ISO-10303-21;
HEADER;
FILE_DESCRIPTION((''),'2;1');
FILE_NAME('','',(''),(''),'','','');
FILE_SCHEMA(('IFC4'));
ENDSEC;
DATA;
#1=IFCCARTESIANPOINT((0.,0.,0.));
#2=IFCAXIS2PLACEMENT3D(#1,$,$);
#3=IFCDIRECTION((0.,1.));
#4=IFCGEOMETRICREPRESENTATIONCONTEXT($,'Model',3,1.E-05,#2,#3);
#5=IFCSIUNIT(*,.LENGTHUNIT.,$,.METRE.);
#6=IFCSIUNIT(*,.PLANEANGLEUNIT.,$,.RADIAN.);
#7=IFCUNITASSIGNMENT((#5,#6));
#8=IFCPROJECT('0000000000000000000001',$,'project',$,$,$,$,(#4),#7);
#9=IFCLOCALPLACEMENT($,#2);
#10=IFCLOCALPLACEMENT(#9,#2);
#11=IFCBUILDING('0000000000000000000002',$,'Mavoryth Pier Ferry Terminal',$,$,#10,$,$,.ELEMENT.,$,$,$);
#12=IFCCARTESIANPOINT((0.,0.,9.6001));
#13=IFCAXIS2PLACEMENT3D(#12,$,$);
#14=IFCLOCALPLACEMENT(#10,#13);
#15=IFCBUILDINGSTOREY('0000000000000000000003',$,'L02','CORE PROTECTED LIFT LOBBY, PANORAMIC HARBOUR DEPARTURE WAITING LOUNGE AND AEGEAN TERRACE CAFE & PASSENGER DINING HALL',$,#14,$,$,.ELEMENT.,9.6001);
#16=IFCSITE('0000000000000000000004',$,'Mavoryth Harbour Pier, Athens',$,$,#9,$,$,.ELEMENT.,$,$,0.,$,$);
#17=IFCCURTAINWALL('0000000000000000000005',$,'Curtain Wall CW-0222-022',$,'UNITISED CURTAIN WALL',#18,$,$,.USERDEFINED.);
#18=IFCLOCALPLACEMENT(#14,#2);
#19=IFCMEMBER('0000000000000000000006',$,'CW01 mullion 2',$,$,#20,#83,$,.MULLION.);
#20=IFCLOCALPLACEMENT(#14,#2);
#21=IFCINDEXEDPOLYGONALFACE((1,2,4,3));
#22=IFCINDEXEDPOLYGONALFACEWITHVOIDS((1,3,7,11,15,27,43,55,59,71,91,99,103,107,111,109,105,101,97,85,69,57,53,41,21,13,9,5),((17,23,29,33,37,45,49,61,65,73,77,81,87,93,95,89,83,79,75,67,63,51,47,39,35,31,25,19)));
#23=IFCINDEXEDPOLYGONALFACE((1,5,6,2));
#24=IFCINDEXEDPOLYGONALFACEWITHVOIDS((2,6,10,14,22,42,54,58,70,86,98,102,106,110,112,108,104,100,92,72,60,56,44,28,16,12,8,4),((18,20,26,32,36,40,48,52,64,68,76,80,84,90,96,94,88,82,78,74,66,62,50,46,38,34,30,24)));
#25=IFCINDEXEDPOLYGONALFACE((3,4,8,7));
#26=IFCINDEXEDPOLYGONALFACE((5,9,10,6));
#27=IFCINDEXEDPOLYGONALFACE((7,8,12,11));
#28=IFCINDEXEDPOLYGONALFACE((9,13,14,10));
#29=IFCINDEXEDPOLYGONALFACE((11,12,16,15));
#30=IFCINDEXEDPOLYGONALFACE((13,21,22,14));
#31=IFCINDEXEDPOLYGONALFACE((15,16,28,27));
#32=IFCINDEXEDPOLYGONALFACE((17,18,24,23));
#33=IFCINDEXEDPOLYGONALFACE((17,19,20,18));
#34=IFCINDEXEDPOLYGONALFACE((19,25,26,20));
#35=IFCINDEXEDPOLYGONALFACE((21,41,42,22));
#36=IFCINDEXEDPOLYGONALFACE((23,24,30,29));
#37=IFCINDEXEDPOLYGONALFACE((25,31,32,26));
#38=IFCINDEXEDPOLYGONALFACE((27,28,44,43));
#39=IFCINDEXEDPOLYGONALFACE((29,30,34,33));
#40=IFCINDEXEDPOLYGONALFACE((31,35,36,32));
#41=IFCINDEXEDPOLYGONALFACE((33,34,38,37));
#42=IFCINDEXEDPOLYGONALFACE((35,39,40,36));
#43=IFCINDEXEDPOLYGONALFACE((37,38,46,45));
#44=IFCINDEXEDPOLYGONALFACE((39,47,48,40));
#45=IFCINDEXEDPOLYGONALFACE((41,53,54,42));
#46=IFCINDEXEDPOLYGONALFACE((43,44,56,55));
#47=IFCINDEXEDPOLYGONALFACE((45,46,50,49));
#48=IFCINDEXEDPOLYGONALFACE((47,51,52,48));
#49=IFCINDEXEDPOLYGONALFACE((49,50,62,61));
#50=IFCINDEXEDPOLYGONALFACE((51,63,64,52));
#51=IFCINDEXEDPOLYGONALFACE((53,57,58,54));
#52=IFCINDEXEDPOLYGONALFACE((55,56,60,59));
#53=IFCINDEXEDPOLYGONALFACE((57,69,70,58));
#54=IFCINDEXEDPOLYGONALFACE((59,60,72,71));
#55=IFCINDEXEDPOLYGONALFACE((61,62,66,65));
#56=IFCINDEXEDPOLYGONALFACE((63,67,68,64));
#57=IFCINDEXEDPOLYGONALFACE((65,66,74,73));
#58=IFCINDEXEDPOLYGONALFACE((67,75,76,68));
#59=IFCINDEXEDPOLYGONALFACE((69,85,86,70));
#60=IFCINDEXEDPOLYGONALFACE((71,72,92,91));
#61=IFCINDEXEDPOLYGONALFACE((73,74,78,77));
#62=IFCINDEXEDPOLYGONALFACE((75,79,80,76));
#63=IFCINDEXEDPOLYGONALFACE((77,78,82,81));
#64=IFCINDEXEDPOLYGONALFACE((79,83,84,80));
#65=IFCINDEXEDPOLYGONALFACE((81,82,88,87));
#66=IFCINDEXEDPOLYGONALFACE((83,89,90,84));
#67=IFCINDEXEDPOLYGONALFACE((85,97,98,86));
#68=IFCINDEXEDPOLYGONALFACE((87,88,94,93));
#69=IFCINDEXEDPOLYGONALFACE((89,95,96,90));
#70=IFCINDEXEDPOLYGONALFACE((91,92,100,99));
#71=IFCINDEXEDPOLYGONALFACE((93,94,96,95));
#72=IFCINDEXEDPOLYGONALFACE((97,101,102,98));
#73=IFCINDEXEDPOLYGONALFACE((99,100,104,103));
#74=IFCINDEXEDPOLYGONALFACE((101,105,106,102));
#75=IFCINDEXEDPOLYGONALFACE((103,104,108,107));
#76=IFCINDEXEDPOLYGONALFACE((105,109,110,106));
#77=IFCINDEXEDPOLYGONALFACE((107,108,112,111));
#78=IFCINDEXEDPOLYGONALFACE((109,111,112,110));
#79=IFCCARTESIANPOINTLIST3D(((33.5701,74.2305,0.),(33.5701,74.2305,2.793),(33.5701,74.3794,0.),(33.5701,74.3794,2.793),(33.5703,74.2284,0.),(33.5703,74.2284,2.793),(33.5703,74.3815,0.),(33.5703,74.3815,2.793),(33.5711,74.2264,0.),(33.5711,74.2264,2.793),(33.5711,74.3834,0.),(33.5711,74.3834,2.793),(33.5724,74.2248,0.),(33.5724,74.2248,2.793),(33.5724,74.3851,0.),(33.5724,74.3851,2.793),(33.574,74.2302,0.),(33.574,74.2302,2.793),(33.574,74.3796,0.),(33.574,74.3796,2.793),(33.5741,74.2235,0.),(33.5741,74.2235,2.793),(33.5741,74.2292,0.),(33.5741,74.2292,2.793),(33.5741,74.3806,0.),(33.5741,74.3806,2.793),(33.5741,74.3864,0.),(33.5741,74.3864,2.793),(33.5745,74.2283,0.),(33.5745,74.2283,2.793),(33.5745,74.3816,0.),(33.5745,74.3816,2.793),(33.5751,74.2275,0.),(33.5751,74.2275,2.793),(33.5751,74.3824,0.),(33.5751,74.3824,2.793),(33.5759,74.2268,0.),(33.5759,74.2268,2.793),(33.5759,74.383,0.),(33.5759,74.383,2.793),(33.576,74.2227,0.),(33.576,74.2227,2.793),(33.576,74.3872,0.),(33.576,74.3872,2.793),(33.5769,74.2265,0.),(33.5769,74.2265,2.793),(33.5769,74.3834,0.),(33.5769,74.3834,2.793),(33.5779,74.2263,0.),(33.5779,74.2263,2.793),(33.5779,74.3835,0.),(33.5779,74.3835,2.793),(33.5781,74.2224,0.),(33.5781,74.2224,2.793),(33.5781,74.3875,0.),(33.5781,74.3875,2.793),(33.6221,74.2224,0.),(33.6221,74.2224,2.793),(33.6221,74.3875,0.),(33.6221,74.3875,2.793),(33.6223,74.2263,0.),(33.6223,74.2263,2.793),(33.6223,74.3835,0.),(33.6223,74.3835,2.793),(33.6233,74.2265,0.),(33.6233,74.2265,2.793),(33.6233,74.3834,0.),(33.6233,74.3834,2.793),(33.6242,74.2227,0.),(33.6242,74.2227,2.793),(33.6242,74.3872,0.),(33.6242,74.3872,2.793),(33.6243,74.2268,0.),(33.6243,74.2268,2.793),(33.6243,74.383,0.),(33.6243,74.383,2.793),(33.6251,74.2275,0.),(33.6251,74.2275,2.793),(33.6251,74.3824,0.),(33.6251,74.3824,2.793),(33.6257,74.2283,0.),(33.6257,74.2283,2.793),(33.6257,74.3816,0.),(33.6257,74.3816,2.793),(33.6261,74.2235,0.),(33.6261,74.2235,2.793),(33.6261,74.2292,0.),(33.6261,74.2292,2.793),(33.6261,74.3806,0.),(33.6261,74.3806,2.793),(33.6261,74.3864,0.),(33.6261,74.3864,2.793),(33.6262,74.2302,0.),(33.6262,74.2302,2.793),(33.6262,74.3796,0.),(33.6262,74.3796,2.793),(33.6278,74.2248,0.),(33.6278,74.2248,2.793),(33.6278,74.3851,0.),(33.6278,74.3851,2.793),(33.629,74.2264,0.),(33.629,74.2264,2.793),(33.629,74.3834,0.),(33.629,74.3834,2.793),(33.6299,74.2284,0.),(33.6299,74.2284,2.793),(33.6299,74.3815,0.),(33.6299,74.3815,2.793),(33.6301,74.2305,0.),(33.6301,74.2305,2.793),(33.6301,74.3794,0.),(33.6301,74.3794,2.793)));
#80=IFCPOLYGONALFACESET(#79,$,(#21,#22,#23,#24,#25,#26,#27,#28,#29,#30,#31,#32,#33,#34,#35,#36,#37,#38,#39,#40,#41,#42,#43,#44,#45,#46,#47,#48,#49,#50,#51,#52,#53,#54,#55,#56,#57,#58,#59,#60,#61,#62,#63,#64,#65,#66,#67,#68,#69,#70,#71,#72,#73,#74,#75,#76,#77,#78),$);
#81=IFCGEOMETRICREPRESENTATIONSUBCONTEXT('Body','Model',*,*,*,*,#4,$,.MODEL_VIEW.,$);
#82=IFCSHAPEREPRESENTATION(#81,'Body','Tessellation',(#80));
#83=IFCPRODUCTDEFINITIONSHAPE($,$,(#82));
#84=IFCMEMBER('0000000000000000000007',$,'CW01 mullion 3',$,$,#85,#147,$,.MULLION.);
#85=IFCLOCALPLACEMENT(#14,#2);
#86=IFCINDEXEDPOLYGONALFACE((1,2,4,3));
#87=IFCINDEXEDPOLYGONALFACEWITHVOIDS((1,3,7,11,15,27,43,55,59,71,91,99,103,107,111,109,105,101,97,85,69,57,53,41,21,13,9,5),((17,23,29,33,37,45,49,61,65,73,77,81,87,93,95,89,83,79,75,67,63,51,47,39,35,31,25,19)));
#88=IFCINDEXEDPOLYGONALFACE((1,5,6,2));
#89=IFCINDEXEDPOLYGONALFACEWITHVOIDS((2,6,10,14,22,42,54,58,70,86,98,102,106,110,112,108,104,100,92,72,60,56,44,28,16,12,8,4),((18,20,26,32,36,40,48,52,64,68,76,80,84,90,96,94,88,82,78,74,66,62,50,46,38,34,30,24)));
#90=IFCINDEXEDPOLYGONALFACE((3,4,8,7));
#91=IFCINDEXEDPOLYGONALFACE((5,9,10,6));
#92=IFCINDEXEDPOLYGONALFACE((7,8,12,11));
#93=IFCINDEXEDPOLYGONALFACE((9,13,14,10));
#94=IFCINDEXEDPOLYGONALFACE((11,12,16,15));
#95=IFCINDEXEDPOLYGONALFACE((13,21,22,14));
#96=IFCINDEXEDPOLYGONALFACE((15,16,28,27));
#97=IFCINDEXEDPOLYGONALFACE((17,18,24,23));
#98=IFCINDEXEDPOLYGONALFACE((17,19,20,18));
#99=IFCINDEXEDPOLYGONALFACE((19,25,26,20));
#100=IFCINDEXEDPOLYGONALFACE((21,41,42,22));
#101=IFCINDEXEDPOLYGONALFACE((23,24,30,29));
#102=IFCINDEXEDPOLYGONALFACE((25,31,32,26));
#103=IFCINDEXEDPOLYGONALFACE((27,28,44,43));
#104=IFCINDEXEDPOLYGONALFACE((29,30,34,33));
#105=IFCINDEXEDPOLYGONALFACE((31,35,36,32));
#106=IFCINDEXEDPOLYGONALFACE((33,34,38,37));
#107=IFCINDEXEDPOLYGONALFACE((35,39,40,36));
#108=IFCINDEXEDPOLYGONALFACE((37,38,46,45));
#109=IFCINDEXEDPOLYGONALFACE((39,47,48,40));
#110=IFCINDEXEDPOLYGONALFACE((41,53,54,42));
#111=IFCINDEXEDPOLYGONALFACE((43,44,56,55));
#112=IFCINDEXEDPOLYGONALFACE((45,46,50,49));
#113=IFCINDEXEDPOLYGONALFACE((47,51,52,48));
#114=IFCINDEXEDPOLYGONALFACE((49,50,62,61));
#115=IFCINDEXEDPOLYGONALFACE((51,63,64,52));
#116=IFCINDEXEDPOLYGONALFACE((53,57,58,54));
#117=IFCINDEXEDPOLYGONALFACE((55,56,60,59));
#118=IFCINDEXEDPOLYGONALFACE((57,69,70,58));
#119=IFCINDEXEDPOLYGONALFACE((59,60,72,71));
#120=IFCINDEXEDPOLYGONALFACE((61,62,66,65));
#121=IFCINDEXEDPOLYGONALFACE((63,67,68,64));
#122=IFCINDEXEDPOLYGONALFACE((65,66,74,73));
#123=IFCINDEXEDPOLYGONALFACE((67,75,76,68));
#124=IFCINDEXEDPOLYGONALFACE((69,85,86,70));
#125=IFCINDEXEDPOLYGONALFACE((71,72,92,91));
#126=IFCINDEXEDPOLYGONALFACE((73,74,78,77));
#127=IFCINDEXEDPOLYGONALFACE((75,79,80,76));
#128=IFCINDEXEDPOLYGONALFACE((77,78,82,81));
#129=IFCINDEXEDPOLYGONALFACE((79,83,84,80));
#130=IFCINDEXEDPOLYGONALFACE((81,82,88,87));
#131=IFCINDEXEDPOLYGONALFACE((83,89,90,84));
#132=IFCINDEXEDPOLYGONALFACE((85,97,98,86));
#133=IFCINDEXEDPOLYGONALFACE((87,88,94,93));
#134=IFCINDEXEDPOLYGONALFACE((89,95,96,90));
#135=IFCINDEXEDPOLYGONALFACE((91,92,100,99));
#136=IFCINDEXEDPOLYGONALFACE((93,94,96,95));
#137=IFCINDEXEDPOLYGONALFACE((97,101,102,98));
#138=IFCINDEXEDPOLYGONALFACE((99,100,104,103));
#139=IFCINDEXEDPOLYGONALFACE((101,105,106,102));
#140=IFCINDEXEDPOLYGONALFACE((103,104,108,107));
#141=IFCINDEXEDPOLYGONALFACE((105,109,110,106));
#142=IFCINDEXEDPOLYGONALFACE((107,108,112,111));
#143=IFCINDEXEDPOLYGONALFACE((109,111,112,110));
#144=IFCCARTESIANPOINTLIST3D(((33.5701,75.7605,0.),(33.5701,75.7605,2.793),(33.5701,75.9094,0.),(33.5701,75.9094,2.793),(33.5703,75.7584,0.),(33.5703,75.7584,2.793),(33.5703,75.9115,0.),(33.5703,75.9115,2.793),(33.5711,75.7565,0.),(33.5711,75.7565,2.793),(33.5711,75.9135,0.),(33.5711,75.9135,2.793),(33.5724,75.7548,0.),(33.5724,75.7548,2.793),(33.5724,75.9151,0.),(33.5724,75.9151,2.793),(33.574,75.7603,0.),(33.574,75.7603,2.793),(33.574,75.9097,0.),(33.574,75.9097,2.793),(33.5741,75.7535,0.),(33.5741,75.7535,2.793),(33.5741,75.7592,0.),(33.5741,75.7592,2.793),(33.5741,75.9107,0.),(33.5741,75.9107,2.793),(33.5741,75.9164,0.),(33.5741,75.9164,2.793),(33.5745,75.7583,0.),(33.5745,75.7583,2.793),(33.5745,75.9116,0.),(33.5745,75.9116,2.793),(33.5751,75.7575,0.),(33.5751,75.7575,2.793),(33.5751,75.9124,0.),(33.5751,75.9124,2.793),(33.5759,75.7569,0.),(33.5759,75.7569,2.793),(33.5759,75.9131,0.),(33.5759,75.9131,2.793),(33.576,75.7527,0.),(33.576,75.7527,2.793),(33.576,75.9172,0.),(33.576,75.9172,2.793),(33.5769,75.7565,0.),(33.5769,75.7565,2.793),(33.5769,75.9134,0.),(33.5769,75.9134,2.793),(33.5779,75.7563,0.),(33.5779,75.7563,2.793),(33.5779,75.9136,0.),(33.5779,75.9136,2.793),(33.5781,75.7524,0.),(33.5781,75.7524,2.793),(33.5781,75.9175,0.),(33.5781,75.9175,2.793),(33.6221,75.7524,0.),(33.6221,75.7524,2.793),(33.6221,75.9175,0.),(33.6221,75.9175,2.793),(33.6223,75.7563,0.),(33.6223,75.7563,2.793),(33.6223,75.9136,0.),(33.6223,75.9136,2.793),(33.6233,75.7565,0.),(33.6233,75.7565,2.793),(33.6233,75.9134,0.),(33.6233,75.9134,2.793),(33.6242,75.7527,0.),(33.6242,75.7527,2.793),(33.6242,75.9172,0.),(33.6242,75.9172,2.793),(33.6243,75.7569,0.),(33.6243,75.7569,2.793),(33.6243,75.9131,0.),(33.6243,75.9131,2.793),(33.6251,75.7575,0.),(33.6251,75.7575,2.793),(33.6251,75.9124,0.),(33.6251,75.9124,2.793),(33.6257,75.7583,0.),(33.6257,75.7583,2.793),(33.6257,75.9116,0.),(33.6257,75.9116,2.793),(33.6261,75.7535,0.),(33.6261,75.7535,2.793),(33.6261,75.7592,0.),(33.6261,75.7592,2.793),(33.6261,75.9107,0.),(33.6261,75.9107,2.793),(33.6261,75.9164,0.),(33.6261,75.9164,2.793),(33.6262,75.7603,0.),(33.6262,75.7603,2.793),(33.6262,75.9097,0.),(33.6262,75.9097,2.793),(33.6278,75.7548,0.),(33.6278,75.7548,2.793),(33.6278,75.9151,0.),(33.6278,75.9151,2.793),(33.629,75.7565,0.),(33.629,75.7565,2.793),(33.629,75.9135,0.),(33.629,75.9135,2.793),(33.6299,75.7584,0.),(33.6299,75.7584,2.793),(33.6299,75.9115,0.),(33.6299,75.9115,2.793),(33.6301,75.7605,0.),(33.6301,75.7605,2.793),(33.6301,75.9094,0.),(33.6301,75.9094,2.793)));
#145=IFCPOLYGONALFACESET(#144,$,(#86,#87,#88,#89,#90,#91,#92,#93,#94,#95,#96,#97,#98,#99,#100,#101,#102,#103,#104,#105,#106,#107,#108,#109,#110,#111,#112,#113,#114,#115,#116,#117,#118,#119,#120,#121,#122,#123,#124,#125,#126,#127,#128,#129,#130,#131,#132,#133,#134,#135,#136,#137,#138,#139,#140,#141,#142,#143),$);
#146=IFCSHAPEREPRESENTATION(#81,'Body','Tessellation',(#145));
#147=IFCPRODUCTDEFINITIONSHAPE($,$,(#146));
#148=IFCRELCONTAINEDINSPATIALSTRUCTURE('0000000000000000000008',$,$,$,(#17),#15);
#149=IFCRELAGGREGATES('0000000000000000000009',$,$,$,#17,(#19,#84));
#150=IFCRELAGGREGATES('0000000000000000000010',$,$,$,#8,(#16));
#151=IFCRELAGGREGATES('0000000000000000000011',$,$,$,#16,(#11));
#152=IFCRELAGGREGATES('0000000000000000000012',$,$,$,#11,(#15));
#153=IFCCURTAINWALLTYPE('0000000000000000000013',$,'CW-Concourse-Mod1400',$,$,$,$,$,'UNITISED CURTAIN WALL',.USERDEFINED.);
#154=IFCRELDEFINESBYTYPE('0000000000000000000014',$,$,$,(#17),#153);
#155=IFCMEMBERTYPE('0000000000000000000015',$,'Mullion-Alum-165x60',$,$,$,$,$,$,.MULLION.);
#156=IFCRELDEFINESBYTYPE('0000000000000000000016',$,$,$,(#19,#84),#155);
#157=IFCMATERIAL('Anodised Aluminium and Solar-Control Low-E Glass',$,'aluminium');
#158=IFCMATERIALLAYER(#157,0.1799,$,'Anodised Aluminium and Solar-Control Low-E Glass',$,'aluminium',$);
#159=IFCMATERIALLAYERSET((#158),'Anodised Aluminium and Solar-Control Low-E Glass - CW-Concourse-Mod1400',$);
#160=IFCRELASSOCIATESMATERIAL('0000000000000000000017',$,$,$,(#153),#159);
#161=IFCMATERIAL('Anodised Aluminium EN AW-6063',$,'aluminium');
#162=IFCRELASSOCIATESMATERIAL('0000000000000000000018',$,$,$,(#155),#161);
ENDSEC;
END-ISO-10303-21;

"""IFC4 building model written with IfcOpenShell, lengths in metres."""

from ifc_helpers import new_model, si_unit, direction, frame, origin, origin_2d, place, context, subcontext, project, spatial, hollow_rectangle, extrude, material, layer, layer_set, material_profile, profile_set, type_object, element, aggregate, save


model = new_model("IFC4")

# Units and contexts
model_context = context("Model", 3, precision=1e-05, world=origin(), true_north=direction((0.0, 1.0)))
body_context = subcontext(model_context, "Body", "Model", "MODEL_VIEW")
ifc_project = project(units=[si_unit("LENGTHUNIT", "METRE"), si_unit("PLANEANGLEUNIT", "RADIAN")], contexts=[model_context])

# Site, building, storey
site_placement = place(None, origin())
site = spatial("IfcSite", under=ifc_project, at=site_placement, Name="Mavoryth Harbour Pier, Athens", CompositionType="ELEMENT", RefElevation=0.0)
building_placement = place(site_placement, origin())
building = spatial("IfcBuilding", under=site, at=building_placement, Name="Mavoryth Pier Ferry Terminal", CompositionType="ELEMENT")
storey_placement = place(building_placement, frame((0.0, 0.0, 9.6001)))
storey = spatial("IfcBuildingStorey", under=building, at=storey_placement, Name="L02", Description="CORE PROTECTED LIFT LOBBY, PANORAMIC HARBOUR DEPARTURE WAITING LOUNGE AND AEGEAN TERRACE CAFE & PASSENGER DINING HALL", CompositionType="ELEMENT", Elevation=9.6001)

# Curtain wall, members
ifc_material_1 = material(Name="Anodised Aluminium and Solar-Control Low-E Glass", Category="aluminium")
ifc_layer_1 = layer(ifc_material_1, 0.1799, Name="Anodised Aluminium and Solar-Control Low-E Glass", Category="aluminium")
ifc_layer_set_1 = layer_set([ifc_layer_1], Name="Anodised Aluminium and Solar-Control Low-E Glass - CW-Concourse-Mod1400")
curtain_wall_type = type_object("IfcCurtainWallType", Name="CW-Concourse-Mod1400", ElementType="UNITISED CURTAIN WALL", PredefinedType="USERDEFINED", material=ifc_layer_set_1)
curtain_wall_placement = place(storey_placement, origin())
curtain_wall = element("IfcCurtainWall", 1, at=curtain_wall_placement, inside=storey, type_object=curtain_wall_type, Name="Curtain Wall CW-0222-022", ObjectType="UNITISED CURTAIN WALL", PredefinedType="USERDEFINED")
ifc_material_2 = material(Name="Anodised Aluminium EN AW-6063", Category="aluminium")
ifc_material_profile_1 = material_profile(ifc_material_2, hollow_rectangle(XDim=0.0601, YDim=0.165, WallThickness=0.0039, InnerFilletRadius=0.0039, OuterFilletRadius=0.0081, at=origin_2d()), Name="AL-MULL 165x60x4", Category="aluminium")
ifc_profile_set_1 = profile_set([ifc_material_profile_1], Name="Anodised Aluminium EN AW-6063 - AL-MULL 165x60x4")
member_type_1 = type_object("IfcMemberType", Name="Mullion-Alum-165x60", PredefinedType="MULLION", material=ifc_profile_set_1)
member_1_placement = place(storey_placement, frame((33.6001, 74.3049, 0.0), z_axis=(0.0, 0.0, 1.0), x_axis=(-1.0, 0.0, 0.0)))
member_1 = element("IfcMember", 2, at=member_1_placement, type_object=member_type_1, Name="CW01 mullion 2", PredefinedType="MULLION", context=body_context, shape_type="SweptSolid", body=[
    extrude(hollow_rectangle(XDim=0.0601, YDim=0.165, WallThickness=0.0039, InnerFilletRadius=0.0039, OuterFilletRadius=0.0081, at=origin_2d()), origin(), (0.0, 0.0, 1.0), 2.793),
])
member_2_placement = place(storey_placement, frame((33.6001, 75.835, 0.0), z_axis=(0.0, 0.0, 1.0), x_axis=(-1.0, 0.0, 0.0)))
member_2 = element("IfcMember", 3, at=member_2_placement, type_object=member_type_1, Name="CW01 mullion 3", PredefinedType="MULLION", context=body_context, shape_type="SweptSolid", body=[
    extrude(hollow_rectangle(XDim=0.0601, YDim=0.165, WallThickness=0.0039, InnerFilletRadius=0.0039, OuterFilletRadius=0.0081, at=origin_2d()), origin(), (0.0, 0.0, 1.0), 2.793),
])
aggregate(curtain_wall, [member_1, member_2])

save(model, "model.ifc")
